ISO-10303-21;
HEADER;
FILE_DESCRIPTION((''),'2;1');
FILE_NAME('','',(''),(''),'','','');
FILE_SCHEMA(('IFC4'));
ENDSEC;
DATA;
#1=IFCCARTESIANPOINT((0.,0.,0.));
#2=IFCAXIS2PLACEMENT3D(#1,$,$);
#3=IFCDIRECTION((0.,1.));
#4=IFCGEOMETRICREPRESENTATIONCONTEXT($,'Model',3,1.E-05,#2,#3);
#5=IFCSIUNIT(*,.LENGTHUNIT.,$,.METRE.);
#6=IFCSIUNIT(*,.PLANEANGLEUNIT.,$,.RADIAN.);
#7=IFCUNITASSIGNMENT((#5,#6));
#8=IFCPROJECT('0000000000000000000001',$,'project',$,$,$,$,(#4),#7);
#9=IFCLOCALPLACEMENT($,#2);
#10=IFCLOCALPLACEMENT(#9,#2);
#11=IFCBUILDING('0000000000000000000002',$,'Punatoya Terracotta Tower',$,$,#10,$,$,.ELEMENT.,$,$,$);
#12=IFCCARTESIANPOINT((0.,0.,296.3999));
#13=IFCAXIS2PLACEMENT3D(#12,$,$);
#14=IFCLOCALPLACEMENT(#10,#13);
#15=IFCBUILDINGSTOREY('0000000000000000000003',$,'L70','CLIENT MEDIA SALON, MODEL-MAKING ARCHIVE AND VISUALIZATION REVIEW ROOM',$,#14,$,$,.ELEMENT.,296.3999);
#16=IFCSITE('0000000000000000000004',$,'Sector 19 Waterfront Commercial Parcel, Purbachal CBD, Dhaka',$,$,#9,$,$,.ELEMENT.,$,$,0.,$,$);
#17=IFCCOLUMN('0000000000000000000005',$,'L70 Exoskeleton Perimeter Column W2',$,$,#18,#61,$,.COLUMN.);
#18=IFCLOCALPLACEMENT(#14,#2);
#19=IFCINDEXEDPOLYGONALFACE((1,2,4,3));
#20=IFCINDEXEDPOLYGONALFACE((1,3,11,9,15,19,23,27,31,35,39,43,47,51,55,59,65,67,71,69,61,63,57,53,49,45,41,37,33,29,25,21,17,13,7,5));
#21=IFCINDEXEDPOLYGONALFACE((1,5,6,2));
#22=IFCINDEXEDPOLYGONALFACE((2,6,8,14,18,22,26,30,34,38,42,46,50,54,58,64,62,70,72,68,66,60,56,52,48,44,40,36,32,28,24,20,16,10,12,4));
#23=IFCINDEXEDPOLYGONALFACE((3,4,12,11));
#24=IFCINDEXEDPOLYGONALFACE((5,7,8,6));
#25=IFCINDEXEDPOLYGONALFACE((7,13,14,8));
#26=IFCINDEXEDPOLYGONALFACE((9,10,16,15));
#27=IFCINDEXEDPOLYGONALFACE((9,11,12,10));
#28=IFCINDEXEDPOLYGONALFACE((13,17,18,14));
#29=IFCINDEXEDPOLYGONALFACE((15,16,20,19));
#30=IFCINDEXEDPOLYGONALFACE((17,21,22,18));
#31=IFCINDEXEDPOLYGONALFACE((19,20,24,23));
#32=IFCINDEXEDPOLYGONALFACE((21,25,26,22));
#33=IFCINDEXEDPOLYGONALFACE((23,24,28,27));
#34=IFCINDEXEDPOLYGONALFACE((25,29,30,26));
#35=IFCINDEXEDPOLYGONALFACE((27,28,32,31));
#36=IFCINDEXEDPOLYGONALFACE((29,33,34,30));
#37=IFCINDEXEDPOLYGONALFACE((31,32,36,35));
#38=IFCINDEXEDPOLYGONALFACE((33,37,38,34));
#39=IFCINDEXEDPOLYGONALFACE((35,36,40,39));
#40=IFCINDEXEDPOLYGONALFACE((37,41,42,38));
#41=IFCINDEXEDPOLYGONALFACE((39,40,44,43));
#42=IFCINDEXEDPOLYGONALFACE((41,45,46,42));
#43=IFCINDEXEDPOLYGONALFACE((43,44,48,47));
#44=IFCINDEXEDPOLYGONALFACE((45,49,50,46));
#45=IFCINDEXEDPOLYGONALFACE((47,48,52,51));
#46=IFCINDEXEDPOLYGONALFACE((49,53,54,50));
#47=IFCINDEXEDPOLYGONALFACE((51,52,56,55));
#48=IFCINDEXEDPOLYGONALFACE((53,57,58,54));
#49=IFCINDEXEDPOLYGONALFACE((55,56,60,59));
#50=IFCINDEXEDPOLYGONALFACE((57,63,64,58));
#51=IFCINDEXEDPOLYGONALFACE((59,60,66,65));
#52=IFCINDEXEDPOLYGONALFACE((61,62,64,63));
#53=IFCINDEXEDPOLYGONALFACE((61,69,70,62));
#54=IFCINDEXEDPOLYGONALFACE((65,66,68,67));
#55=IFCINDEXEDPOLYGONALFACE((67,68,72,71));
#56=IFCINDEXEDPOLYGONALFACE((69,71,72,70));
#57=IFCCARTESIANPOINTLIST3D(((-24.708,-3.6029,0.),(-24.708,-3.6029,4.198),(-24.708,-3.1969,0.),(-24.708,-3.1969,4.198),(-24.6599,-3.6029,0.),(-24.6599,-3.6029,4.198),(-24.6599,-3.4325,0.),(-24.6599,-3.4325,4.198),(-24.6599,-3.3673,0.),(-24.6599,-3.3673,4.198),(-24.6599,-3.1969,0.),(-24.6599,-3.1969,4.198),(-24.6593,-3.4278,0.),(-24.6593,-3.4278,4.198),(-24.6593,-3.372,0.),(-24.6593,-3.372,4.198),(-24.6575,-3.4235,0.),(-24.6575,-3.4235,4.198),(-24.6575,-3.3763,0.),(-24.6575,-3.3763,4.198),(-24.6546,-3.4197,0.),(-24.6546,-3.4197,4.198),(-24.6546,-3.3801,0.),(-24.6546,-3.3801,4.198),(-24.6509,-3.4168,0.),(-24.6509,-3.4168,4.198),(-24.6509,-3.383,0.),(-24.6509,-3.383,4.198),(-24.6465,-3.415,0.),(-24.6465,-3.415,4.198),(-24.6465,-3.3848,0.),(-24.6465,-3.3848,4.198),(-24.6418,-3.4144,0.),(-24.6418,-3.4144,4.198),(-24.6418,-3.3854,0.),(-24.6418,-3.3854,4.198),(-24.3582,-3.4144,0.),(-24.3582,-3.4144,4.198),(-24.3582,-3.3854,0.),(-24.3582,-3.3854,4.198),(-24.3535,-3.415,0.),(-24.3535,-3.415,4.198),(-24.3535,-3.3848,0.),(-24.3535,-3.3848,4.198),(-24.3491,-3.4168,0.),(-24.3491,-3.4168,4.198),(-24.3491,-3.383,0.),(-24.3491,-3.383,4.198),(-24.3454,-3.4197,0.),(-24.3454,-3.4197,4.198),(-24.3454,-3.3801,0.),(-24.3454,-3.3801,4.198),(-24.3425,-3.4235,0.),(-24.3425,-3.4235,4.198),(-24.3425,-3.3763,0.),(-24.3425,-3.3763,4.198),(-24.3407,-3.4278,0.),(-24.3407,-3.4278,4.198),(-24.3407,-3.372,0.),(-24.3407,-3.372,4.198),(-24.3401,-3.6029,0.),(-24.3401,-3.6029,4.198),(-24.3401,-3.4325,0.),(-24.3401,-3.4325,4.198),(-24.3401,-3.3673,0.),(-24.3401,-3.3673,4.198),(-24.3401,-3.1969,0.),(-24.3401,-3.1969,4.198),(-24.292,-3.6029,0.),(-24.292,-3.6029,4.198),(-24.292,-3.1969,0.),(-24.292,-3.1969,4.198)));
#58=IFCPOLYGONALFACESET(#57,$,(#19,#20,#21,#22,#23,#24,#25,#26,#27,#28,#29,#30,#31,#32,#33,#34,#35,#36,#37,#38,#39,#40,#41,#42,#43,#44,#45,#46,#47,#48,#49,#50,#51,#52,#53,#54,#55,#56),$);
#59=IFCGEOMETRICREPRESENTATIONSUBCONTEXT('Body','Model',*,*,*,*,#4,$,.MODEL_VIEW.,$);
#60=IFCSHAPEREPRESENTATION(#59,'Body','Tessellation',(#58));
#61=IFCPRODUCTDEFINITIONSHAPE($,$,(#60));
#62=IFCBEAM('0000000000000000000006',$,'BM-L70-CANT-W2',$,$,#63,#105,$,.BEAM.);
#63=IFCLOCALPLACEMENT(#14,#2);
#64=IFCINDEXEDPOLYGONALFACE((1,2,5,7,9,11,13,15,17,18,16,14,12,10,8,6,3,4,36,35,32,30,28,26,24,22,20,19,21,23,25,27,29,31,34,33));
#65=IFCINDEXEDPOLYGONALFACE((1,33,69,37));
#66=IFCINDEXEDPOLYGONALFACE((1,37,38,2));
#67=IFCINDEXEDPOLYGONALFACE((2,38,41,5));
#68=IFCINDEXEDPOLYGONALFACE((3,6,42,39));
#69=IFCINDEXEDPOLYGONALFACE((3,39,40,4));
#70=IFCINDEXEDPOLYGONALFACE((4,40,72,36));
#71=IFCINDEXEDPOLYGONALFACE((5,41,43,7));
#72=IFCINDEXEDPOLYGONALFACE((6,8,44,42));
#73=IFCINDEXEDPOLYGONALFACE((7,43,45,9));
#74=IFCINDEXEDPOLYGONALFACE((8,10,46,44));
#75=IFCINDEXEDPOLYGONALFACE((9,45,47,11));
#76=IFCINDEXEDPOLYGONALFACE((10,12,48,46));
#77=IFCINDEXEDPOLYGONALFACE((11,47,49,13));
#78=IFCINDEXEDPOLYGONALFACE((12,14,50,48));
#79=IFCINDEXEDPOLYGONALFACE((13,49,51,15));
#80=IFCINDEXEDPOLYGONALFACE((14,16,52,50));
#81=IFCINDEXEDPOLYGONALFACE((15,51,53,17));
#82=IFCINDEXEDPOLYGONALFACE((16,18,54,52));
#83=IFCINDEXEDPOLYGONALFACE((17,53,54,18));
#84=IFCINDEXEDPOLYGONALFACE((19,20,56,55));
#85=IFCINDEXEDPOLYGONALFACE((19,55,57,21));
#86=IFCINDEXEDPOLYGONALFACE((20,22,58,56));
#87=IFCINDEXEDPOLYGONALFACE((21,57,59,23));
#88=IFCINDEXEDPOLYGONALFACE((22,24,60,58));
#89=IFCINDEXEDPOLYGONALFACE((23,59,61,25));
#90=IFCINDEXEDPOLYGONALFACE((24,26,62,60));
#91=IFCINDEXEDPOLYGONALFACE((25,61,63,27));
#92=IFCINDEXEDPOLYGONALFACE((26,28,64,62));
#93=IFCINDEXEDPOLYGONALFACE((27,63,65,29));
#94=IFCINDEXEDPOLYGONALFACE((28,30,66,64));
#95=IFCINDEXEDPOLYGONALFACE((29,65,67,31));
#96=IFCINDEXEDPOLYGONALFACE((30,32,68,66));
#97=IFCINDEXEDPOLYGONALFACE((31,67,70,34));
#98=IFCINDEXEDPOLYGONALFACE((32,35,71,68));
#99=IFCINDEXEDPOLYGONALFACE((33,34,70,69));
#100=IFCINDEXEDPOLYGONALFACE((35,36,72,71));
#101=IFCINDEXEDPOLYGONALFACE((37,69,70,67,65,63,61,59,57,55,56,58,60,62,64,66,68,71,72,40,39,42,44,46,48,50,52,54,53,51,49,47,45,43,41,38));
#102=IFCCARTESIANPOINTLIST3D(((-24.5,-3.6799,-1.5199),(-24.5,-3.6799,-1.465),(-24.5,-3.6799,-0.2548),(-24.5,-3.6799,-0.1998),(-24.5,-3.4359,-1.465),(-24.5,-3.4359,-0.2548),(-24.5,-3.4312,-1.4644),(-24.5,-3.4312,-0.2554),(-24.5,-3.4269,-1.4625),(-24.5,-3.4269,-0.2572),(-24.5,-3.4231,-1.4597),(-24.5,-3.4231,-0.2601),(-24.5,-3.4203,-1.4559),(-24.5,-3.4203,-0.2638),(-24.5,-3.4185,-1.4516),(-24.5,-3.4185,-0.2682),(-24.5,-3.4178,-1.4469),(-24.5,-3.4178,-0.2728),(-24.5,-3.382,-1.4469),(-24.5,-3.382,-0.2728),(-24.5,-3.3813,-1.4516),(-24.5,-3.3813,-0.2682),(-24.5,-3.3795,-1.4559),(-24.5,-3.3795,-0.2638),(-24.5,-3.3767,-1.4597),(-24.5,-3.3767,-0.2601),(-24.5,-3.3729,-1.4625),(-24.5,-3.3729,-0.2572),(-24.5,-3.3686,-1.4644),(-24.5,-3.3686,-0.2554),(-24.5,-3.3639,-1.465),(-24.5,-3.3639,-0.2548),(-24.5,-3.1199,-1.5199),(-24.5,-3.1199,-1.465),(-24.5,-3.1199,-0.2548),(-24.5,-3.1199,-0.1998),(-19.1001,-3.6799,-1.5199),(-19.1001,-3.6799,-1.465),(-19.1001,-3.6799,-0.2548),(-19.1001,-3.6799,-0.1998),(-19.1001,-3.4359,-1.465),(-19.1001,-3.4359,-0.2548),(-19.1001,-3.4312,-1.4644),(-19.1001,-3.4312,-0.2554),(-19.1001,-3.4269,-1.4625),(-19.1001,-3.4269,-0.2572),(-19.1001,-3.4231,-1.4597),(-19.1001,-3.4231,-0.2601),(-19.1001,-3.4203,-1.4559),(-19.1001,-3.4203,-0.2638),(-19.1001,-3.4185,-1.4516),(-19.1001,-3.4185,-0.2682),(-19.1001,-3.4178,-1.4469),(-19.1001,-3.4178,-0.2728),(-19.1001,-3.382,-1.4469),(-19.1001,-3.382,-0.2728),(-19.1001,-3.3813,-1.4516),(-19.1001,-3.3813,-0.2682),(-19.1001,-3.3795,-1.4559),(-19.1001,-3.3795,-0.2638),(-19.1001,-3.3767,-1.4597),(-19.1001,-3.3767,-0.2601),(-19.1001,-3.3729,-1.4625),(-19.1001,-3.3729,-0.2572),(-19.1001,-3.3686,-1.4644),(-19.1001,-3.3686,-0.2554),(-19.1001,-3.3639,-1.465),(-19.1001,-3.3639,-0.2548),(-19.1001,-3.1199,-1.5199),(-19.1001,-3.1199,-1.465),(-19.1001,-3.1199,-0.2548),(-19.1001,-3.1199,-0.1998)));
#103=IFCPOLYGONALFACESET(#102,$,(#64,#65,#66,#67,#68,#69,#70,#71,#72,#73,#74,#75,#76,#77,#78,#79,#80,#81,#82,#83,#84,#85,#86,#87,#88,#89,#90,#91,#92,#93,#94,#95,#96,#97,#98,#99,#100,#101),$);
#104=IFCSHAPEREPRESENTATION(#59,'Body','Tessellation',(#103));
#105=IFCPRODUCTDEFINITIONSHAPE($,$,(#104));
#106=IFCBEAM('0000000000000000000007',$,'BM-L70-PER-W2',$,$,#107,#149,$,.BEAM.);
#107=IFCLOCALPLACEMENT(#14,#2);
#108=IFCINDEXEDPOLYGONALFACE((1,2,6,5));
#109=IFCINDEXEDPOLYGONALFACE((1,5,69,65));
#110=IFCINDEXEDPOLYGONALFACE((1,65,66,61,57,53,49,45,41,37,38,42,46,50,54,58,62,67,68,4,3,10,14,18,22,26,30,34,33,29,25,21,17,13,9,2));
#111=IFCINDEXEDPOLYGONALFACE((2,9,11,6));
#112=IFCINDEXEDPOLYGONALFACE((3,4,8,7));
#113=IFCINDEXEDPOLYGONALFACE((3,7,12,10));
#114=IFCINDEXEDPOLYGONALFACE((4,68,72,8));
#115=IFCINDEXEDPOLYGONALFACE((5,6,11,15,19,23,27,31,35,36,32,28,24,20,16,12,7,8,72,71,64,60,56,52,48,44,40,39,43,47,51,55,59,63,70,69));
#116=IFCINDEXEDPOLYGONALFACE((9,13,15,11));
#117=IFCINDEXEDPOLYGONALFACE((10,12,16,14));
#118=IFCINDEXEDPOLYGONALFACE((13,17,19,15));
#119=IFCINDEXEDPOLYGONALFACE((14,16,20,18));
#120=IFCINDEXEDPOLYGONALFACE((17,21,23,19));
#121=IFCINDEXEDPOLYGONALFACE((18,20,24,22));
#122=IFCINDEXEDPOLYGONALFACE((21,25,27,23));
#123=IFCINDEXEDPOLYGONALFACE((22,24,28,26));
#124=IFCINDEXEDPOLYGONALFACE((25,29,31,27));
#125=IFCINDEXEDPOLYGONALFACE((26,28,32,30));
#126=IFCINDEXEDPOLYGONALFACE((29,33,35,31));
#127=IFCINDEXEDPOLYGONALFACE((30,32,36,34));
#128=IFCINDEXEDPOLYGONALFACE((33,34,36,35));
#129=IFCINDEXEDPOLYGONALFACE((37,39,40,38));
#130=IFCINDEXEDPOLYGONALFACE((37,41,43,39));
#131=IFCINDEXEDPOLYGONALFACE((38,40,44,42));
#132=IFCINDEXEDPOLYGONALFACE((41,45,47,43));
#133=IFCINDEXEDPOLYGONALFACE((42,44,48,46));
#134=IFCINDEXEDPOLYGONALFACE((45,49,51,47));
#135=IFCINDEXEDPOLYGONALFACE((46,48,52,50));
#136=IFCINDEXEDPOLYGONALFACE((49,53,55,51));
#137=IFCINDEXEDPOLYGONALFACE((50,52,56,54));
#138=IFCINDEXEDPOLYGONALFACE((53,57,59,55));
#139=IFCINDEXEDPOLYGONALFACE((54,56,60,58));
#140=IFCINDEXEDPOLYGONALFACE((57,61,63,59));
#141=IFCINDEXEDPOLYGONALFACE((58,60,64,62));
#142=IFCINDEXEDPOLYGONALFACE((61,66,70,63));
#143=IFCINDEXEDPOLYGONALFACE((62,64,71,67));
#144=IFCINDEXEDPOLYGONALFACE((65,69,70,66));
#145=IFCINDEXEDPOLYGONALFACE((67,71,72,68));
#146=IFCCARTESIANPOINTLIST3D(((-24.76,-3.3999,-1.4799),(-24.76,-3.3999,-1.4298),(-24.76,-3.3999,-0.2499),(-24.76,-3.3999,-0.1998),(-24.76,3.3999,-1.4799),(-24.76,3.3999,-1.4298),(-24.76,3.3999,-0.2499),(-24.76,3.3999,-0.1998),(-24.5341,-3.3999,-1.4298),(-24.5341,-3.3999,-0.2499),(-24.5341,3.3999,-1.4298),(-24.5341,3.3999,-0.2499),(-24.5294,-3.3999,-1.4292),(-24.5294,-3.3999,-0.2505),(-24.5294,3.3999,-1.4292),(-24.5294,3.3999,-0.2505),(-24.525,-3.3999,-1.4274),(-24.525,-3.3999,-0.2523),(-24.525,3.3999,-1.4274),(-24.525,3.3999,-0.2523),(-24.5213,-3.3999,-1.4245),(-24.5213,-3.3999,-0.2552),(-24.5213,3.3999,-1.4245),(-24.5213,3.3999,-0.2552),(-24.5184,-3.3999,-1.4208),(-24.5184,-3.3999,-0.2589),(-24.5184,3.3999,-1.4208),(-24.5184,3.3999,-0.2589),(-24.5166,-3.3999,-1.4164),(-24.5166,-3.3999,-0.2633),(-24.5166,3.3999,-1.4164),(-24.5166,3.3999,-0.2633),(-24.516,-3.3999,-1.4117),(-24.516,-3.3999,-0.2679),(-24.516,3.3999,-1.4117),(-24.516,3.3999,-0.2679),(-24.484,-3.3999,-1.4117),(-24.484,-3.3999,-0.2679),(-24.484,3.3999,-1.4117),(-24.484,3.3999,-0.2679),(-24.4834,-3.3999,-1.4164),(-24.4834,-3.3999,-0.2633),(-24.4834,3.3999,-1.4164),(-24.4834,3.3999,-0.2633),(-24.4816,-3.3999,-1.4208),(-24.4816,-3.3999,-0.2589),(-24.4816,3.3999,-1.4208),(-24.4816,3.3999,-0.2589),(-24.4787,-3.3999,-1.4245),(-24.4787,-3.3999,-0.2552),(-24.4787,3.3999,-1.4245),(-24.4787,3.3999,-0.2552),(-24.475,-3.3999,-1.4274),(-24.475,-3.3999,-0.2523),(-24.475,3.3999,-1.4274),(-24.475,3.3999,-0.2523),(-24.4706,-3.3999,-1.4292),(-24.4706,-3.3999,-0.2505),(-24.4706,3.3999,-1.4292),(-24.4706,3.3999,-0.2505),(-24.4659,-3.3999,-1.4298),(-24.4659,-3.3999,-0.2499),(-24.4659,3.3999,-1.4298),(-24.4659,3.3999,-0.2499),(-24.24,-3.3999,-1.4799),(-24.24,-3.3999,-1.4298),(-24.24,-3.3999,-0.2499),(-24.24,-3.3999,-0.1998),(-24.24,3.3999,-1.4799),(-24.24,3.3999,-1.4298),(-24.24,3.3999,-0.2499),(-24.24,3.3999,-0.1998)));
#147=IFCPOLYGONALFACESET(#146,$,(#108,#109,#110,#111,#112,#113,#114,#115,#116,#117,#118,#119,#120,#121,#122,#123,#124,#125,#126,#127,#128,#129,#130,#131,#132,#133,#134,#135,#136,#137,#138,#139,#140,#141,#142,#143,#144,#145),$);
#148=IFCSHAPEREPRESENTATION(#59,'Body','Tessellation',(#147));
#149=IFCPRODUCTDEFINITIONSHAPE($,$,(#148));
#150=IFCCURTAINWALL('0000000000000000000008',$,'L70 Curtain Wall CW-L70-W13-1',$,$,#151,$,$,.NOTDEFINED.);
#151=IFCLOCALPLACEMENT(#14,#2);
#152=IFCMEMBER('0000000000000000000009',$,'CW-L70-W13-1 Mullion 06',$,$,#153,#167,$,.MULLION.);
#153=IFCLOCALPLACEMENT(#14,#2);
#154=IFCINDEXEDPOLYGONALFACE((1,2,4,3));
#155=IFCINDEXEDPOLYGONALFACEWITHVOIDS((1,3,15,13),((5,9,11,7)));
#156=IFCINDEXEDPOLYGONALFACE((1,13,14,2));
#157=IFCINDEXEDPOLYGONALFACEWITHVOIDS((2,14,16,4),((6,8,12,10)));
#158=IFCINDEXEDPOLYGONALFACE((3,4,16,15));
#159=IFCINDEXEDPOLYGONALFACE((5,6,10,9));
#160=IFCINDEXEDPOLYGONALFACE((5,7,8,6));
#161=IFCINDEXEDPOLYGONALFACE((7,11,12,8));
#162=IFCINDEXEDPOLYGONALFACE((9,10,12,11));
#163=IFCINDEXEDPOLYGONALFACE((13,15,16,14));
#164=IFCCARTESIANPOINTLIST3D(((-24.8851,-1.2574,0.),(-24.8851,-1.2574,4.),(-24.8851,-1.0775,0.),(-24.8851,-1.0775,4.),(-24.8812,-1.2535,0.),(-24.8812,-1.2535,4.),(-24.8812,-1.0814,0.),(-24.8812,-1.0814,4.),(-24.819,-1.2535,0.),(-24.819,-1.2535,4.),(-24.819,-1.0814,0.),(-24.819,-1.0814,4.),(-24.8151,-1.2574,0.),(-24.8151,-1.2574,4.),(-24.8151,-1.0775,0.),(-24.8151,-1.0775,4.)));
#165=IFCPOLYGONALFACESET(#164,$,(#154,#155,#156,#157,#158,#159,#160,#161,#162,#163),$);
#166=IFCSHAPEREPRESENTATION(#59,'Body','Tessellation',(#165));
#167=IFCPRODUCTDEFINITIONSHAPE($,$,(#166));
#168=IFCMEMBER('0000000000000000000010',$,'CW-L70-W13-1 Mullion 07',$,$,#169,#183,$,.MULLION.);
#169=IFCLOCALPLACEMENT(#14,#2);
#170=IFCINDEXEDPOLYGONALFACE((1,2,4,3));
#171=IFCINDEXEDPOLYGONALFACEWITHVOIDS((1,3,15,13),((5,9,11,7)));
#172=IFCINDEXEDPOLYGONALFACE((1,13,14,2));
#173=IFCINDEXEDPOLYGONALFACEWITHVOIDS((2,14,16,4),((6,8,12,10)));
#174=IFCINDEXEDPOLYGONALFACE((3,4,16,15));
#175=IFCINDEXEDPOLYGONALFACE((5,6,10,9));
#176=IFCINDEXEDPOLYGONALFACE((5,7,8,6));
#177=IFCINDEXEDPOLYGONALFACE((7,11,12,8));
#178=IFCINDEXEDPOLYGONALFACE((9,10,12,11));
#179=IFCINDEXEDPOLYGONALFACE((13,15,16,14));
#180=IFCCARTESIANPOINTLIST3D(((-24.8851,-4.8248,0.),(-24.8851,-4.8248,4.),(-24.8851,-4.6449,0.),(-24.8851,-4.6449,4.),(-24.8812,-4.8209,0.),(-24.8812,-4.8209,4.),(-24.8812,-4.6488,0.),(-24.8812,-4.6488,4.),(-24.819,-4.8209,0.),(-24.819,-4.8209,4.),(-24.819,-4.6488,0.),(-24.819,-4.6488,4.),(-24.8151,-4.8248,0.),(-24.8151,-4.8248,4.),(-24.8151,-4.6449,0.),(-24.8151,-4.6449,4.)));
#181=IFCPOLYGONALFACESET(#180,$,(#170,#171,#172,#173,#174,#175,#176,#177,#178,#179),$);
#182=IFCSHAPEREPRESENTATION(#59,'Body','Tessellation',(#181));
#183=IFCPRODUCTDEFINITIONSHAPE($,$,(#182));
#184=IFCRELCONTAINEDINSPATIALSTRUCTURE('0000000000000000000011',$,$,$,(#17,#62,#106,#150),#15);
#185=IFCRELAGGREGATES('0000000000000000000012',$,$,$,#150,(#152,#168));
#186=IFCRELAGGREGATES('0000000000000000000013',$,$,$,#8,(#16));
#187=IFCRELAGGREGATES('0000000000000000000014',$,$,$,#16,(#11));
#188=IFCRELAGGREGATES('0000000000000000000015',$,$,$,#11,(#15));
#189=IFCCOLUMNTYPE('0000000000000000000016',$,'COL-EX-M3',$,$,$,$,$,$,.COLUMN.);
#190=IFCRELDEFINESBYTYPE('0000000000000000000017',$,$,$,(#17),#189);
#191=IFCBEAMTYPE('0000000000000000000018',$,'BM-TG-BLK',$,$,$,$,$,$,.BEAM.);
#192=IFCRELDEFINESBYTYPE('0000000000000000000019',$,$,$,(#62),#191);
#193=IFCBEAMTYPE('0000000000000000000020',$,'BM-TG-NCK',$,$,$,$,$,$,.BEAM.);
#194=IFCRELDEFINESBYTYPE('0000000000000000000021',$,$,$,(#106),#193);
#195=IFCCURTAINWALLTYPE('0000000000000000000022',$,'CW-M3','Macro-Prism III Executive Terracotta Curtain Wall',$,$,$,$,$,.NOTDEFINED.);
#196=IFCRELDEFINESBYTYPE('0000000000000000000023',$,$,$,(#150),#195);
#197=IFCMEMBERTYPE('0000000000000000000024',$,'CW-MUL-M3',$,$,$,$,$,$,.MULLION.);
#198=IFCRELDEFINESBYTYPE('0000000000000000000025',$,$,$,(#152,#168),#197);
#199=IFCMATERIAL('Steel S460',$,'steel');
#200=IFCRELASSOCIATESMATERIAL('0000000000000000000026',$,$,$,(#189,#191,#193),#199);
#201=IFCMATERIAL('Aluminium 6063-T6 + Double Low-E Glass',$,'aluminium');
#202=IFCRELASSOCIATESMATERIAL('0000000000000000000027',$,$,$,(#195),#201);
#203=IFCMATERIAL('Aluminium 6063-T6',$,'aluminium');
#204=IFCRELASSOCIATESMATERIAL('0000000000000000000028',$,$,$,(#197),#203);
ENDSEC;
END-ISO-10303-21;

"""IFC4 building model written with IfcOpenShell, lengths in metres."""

from ifc_helpers import new_model, si_unit, direction, frame, origin, origin_2d, place, context, subcontext, project, spatial, hollow_rectangle, i_section, extrude, material, material_profile, profile_set, type_object, element, aggregate, save


model = new_model("IFC4")

# Units and contexts
model_context = context("Model", 3, precision=1e-05, world=origin(), true_north=direction((0.0, 1.0)))
body_context = subcontext(model_context, "Body", "Model", "MODEL_VIEW")
ifc_project = project(units=[si_unit("LENGTHUNIT", "METRE"), si_unit("PLANEANGLEUNIT", "RADIAN")], contexts=[model_context])

# Site, building, storey
site_placement = place(None, origin())
site = spatial("IfcSite", under=ifc_project, at=site_placement, Name="Sector 19 Waterfront Commercial Parcel, Purbachal CBD, Dhaka", CompositionType="ELEMENT", RefElevation=0.0)
building_placement = place(site_placement, origin())
building = spatial("IfcBuilding", under=site, at=building_placement, Name="Punatoya Terracotta Tower", CompositionType="ELEMENT")
storey_placement = place(building_placement, frame((0.0, 0.0, 296.3999)))
storey = spatial("IfcBuildingStorey", under=building, at=storey_placement, Name="L70", Description="CLIENT MEDIA SALON, MODEL-MAKING ARCHIVE AND VISUALIZATION REVIEW ROOM", CompositionType="ELEMENT", Elevation=296.3999)

# Column
ifc_material_1 = material(Name="Steel S460", Category="steel")
ifc_material_profile_1 = material_profile(ifc_material_1, i_section(OverallWidth=0.406, OverallDepth=0.416, WebThickness=0.0291, FlangeThickness=0.0481, FilletRadius=0.0181, at=origin_2d()))
ifc_profile_set_1 = profile_set([ifc_material_profile_1], Name="Steel S460")
column_type = type_object("IfcColumnType", Name="COL-EX-M3", PredefinedType="COLUMN", material=ifc_profile_set_1)
column_placement = place(storey_placement, frame((-24.5, -3.3999, 0.0), z_axis=(0.0, 0.0, 1.0), x_axis=(0.0, 1.0, 0.0)))
element("IfcColumn", 1, at=column_placement, inside=storey, type_object=column_type, Name="L70 Exoskeleton Perimeter Column W2", PredefinedType="COLUMN", context=body_context, shape_type="SweptSolid", body=[
    extrude(i_section(OverallWidth=0.406, OverallDepth=0.416, WebThickness=0.0291, FlangeThickness=0.0481, FilletRadius=0.0181, at=origin_2d()), origin(), (0.0, 0.0, 1.0), 4.198),
])

# Beams
ifc_material_profile_2 = material_profile(ifc_material_1, i_section(OverallWidth=0.5601, OverallDepth=1.3201, WebThickness=0.0359, FlangeThickness=0.0549, FilletRadius=0.0181, at=origin_2d()))
ifc_profile_set_2 = profile_set([ifc_material_profile_2], Name="Steel S460")
beam_type_1 = type_object("IfcBeamType", Name="BM-TG-BLK", PredefinedType="BEAM", material=ifc_profile_set_2)
beam_1_placement = place(storey_placement, frame((-24.5, -3.3999, -0.8599), z_axis=(1.0, 0.0, 0.0), x_axis=(0.0, 1.0, 0.0)))
element("IfcBeam", 2, at=beam_1_placement, inside=storey, type_object=beam_type_1, Name="BM-L70-CANT-W2", PredefinedType="BEAM", context=body_context, shape_type="SweptSolid", body=[
    extrude(i_section(OverallWidth=0.5601, OverallDepth=1.3201, WebThickness=0.0359, FlangeThickness=0.0549, FilletRadius=0.0181, at=origin_2d()), origin(), (0.0, 0.0, 1.0), 5.3999),
])
ifc_material_profile_3 = material_profile(ifc_material_1, i_section(OverallWidth=0.52, OverallDepth=1.28, WebThickness=0.032, FlangeThickness=0.05, FilletRadius=0.0181, at=origin_2d()))
ifc_profile_set_3 = profile_set([ifc_material_profile_3], Name="Steel S460")
beam_type_2 = type_object("IfcBeamType", Name="BM-TG-NCK", PredefinedType="BEAM", material=ifc_profile_set_3)
beam_2_placement = place(storey_placement, frame((-24.5, -3.3999, -0.8398), z_axis=(0.0, 1.0, 0.0), x_axis=(-1.0, 0.0, 0.0)))
element("IfcBeam", 3, at=beam_2_placement, inside=storey, type_object=beam_type_2, Name="BM-L70-PER-W2", PredefinedType="BEAM", context=body_context, shape_type="SweptSolid", body=[
    extrude(i_section(OverallWidth=0.52, OverallDepth=1.28, WebThickness=0.032, FlangeThickness=0.05, FilletRadius=0.0181, at=origin_2d()), origin(), (0.0, 0.0, 1.0), 6.7998),
])

# Curtain wall, members
ifc_material_2 = material(Name="Aluminium 6063-T6 + Double Low-E Glass", Category="aluminium")
curtain_wall_type = type_object("IfcCurtainWallType", Name="CW-M3", Description="Macro-Prism III Executive Terracotta Curtain Wall", PredefinedType="NOTDEFINED", material=ifc_material_2)
curtain_wall_1_placement = place(storey_placement, origin())
curtain_wall_1 = element("IfcCurtainWall", 4, at=curtain_wall_1_placement, inside=storey, type_object=curtain_wall_type, Name="L70 Curtain Wall CW-L70-W13-1", PredefinedType="NOTDEFINED")
ifc_material_3 = material(Name="Aluminium 6063-T6", Category="aluminium")
ifc_material_profile_4 = material_profile(ifc_material_3, hollow_rectangle(XDim=0.0701, YDim=0.1799, WallThickness=0.0039, at=origin_2d()))
ifc_profile_set_4 = profile_set([ifc_material_profile_4], Name="Aluminium 6063-T6")
member_type_1 = type_object("IfcMemberType", Name="CW-MUL-M3", PredefinedType="MULLION", material=ifc_profile_set_4)
member_1_placement = place(storey_placement, frame((-24.8501, -1.1675, 0.0), z_axis=(0.0, 0.0, 1.0), x_axis=(1.0, 0.0, 0.0)))
member_1 = element("IfcMember", 5, at=member_1_placement, type_object=member_type_1, Name="CW-L70-W13-1 Mullion 06", PredefinedType="MULLION", context=body_context, shape_type="SweptSolid", body=[
    extrude(hollow_rectangle(XDim=0.0701, YDim=0.1799, WallThickness=0.0039, at=origin_2d()), origin(), (0.0, 0.0, 1.0), 4.0),
])
member_2_placement = place(storey_placement, frame((-24.8501, -4.7349, 0.0), z_axis=(0.0, 0.0, 1.0), x_axis=(1.0, 0.0, 0.0)))
member_2 = element("IfcMember", 6, at=member_2_placement, type_object=member_type_1, Name="CW-L70-W13-1 Mullion 07", PredefinedType="MULLION", context=body_context, shape_type="SweptSolid", body=[
    extrude(hollow_rectangle(XDim=0.0701, YDim=0.1799, WallThickness=0.0039, at=origin_2d()), origin(), (0.0, 0.0, 1.0), 4.0),
])

aggregate(curtain_wall_1, [member_1, member_2])

save(model, "model.ifc")
